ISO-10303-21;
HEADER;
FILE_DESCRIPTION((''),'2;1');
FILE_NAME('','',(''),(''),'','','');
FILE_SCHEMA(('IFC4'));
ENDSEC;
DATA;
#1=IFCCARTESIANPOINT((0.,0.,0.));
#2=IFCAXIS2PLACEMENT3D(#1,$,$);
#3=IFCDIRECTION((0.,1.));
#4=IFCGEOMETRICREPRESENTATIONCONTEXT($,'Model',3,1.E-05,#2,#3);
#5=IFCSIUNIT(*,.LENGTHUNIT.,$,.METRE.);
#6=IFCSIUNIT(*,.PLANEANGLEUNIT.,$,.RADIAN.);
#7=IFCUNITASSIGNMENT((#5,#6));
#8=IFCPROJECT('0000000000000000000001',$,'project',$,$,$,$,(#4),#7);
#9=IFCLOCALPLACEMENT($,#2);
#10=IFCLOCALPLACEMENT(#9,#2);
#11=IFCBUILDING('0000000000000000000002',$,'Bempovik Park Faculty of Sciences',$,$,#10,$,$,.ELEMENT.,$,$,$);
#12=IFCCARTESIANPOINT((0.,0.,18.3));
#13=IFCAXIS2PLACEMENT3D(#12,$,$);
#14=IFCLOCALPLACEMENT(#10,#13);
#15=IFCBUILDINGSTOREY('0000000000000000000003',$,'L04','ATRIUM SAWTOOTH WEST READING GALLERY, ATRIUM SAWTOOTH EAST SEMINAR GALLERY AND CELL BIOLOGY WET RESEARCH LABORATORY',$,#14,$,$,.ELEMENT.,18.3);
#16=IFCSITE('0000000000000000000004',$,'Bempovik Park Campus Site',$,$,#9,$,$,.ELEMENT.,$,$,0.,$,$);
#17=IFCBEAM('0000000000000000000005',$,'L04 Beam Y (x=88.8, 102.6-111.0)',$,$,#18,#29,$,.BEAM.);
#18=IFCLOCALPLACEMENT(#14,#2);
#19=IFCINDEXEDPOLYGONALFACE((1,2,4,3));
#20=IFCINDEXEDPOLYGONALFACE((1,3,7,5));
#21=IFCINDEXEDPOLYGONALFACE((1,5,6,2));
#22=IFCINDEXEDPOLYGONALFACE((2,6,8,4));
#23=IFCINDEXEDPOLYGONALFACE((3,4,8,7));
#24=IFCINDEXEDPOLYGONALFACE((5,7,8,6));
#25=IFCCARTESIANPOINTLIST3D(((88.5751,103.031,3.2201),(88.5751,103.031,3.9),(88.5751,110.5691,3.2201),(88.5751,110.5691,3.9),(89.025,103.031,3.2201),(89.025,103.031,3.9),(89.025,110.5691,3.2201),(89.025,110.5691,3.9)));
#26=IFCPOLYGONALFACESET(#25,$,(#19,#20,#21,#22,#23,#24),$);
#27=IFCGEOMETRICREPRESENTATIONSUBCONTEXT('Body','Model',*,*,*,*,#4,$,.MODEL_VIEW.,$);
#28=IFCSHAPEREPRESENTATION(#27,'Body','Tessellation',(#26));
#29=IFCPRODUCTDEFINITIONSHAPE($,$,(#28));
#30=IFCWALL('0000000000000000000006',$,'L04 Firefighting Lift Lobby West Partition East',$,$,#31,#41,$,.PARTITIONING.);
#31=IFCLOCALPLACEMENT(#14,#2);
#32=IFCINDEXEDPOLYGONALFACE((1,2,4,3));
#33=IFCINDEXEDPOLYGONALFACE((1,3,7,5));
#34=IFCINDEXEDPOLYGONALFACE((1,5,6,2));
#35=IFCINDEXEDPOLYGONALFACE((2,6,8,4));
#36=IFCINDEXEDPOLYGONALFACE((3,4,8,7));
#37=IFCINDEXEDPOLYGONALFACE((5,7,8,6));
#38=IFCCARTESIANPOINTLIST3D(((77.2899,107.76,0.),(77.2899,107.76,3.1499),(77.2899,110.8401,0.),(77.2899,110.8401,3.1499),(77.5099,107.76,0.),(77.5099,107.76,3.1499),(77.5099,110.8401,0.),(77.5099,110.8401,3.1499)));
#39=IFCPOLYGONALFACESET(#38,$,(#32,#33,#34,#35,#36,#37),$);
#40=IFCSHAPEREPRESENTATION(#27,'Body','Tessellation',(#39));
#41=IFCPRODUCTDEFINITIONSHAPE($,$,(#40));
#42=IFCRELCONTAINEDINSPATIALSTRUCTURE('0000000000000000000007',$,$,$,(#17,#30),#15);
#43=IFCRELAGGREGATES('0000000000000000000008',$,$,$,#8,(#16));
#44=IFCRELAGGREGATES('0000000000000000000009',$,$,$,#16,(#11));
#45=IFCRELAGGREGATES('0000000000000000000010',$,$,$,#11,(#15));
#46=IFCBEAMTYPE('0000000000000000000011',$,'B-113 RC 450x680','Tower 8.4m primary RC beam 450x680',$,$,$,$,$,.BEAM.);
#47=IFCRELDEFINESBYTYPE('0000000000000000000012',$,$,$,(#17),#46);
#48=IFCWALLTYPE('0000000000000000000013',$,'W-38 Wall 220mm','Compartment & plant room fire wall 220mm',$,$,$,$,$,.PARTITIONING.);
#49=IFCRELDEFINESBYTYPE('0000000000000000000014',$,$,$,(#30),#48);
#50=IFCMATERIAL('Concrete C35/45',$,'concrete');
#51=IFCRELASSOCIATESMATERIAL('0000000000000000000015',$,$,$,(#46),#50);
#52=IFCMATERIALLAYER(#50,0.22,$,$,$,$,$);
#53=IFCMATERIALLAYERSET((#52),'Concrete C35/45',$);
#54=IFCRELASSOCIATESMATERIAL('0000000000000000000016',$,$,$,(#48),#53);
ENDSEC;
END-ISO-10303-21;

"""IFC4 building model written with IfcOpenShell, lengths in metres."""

from ifc_helpers import new_model, si_unit, direction, frame, frame_2d, origin, origin_2d, place, context, subcontext, project, spatial, rectangle, extrude, material, layer, layer_set, material_profile, profile_set, type_object, element, save


model = new_model("IFC4")

# Units and contexts
model_context = context("Model", 3, precision=1e-05, world=origin(), true_north=direction((0.0, 1.0)))
body_context = subcontext(model_context, "Body", "Model", "MODEL_VIEW")
ifc_project = project(units=[si_unit("LENGTHUNIT", "METRE"), si_unit("PLANEANGLEUNIT", "RADIAN")], contexts=[model_context])

# Site, building, storey
site_placement = place(None, origin())
site = spatial("IfcSite", under=ifc_project, at=site_placement, Name="Bempovik Park Campus Site", CompositionType="ELEMENT", RefElevation=0.0)
building_placement = place(site_placement, origin())
building = spatial("IfcBuilding", under=site, at=building_placement, Name="Bempovik Park Faculty of Sciences", CompositionType="ELEMENT")
storey_placement = place(building_placement, frame((0.0, 0.0, 18.3)))
storey = spatial("IfcBuildingStorey", under=building, at=storey_placement, Name="L04", Description="ATRIUM SAWTOOTH WEST READING GALLERY, ATRIUM SAWTOOTH EAST SEMINAR GALLERY AND CELL BIOLOGY WET RESEARCH LABORATORY", CompositionType="ELEMENT", Elevation=18.3)

# Beam
ifc_material_1 = material(Name="Concrete C35/45", Category="concrete")
ifc_material_profile_1 = material_profile(ifc_material_1, rectangle(XDim=0.45, YDim=0.6799, at=origin_2d()), Name="RC 450x680")
ifc_profile_set_1 = profile_set([ifc_material_profile_1], Name="Concrete C35/45")
beam_type_1 = type_object("IfcBeamType", Name="B-113 RC 450x680", Description="Tower 8.4m primary RC beam 450x680", PredefinedType="BEAM", material=ifc_profile_set_1)
beam_1_placement = place(storey_placement, frame((88.8, 103.031, 3.5601), z_axis=(0.0, 1.0, 0.0), x_axis=(-1.0, 0.0, 0.0)))
element("IfcBeam", 1, at=beam_1_placement, inside=storey, type_object=beam_type_1, Name="L04 Beam Y (x=88.8, 102.6-111.0)", PredefinedType="BEAM", context=body_context, shape_type="SweptSolid", body=[
    extrude(rectangle(XDim=0.45, YDim=0.6799, at=origin_2d()), origin(), (0.0, 0.0, 1.0), 7.5381),
])

# Wall
ifc_layer = layer(ifc_material_1, 0.22)
ifc_layer_set = layer_set([ifc_layer], Name="Concrete C35/45")
wall_type = type_object("IfcWallType", Name="W-38 Wall 220mm", Description="Compartment & plant room fire wall 220mm", PredefinedType="PARTITIONING", material=ifc_layer_set)
wall_placement = place(storey_placement, frame((77.3999, 107.76, 0.0), z_axis=(0.0, 0.0, 1.0), x_axis=(0.0, 1.0, 0.0)))
element("IfcWall", 2, at=wall_placement, inside=storey, type_object=wall_type, Name="L04 Firefighting Lift Lobby West Partition East", PredefinedType="PARTITIONING", context=body_context, shape_type="SweptSolid", body=[
    extrude(rectangle(XDim=3.0801, YDim=0.22, at=frame_2d((1.54, 0.0))), origin(), (0.0, 0.0, 1.0), 3.1499),
])

save(model, "model.ifc")
